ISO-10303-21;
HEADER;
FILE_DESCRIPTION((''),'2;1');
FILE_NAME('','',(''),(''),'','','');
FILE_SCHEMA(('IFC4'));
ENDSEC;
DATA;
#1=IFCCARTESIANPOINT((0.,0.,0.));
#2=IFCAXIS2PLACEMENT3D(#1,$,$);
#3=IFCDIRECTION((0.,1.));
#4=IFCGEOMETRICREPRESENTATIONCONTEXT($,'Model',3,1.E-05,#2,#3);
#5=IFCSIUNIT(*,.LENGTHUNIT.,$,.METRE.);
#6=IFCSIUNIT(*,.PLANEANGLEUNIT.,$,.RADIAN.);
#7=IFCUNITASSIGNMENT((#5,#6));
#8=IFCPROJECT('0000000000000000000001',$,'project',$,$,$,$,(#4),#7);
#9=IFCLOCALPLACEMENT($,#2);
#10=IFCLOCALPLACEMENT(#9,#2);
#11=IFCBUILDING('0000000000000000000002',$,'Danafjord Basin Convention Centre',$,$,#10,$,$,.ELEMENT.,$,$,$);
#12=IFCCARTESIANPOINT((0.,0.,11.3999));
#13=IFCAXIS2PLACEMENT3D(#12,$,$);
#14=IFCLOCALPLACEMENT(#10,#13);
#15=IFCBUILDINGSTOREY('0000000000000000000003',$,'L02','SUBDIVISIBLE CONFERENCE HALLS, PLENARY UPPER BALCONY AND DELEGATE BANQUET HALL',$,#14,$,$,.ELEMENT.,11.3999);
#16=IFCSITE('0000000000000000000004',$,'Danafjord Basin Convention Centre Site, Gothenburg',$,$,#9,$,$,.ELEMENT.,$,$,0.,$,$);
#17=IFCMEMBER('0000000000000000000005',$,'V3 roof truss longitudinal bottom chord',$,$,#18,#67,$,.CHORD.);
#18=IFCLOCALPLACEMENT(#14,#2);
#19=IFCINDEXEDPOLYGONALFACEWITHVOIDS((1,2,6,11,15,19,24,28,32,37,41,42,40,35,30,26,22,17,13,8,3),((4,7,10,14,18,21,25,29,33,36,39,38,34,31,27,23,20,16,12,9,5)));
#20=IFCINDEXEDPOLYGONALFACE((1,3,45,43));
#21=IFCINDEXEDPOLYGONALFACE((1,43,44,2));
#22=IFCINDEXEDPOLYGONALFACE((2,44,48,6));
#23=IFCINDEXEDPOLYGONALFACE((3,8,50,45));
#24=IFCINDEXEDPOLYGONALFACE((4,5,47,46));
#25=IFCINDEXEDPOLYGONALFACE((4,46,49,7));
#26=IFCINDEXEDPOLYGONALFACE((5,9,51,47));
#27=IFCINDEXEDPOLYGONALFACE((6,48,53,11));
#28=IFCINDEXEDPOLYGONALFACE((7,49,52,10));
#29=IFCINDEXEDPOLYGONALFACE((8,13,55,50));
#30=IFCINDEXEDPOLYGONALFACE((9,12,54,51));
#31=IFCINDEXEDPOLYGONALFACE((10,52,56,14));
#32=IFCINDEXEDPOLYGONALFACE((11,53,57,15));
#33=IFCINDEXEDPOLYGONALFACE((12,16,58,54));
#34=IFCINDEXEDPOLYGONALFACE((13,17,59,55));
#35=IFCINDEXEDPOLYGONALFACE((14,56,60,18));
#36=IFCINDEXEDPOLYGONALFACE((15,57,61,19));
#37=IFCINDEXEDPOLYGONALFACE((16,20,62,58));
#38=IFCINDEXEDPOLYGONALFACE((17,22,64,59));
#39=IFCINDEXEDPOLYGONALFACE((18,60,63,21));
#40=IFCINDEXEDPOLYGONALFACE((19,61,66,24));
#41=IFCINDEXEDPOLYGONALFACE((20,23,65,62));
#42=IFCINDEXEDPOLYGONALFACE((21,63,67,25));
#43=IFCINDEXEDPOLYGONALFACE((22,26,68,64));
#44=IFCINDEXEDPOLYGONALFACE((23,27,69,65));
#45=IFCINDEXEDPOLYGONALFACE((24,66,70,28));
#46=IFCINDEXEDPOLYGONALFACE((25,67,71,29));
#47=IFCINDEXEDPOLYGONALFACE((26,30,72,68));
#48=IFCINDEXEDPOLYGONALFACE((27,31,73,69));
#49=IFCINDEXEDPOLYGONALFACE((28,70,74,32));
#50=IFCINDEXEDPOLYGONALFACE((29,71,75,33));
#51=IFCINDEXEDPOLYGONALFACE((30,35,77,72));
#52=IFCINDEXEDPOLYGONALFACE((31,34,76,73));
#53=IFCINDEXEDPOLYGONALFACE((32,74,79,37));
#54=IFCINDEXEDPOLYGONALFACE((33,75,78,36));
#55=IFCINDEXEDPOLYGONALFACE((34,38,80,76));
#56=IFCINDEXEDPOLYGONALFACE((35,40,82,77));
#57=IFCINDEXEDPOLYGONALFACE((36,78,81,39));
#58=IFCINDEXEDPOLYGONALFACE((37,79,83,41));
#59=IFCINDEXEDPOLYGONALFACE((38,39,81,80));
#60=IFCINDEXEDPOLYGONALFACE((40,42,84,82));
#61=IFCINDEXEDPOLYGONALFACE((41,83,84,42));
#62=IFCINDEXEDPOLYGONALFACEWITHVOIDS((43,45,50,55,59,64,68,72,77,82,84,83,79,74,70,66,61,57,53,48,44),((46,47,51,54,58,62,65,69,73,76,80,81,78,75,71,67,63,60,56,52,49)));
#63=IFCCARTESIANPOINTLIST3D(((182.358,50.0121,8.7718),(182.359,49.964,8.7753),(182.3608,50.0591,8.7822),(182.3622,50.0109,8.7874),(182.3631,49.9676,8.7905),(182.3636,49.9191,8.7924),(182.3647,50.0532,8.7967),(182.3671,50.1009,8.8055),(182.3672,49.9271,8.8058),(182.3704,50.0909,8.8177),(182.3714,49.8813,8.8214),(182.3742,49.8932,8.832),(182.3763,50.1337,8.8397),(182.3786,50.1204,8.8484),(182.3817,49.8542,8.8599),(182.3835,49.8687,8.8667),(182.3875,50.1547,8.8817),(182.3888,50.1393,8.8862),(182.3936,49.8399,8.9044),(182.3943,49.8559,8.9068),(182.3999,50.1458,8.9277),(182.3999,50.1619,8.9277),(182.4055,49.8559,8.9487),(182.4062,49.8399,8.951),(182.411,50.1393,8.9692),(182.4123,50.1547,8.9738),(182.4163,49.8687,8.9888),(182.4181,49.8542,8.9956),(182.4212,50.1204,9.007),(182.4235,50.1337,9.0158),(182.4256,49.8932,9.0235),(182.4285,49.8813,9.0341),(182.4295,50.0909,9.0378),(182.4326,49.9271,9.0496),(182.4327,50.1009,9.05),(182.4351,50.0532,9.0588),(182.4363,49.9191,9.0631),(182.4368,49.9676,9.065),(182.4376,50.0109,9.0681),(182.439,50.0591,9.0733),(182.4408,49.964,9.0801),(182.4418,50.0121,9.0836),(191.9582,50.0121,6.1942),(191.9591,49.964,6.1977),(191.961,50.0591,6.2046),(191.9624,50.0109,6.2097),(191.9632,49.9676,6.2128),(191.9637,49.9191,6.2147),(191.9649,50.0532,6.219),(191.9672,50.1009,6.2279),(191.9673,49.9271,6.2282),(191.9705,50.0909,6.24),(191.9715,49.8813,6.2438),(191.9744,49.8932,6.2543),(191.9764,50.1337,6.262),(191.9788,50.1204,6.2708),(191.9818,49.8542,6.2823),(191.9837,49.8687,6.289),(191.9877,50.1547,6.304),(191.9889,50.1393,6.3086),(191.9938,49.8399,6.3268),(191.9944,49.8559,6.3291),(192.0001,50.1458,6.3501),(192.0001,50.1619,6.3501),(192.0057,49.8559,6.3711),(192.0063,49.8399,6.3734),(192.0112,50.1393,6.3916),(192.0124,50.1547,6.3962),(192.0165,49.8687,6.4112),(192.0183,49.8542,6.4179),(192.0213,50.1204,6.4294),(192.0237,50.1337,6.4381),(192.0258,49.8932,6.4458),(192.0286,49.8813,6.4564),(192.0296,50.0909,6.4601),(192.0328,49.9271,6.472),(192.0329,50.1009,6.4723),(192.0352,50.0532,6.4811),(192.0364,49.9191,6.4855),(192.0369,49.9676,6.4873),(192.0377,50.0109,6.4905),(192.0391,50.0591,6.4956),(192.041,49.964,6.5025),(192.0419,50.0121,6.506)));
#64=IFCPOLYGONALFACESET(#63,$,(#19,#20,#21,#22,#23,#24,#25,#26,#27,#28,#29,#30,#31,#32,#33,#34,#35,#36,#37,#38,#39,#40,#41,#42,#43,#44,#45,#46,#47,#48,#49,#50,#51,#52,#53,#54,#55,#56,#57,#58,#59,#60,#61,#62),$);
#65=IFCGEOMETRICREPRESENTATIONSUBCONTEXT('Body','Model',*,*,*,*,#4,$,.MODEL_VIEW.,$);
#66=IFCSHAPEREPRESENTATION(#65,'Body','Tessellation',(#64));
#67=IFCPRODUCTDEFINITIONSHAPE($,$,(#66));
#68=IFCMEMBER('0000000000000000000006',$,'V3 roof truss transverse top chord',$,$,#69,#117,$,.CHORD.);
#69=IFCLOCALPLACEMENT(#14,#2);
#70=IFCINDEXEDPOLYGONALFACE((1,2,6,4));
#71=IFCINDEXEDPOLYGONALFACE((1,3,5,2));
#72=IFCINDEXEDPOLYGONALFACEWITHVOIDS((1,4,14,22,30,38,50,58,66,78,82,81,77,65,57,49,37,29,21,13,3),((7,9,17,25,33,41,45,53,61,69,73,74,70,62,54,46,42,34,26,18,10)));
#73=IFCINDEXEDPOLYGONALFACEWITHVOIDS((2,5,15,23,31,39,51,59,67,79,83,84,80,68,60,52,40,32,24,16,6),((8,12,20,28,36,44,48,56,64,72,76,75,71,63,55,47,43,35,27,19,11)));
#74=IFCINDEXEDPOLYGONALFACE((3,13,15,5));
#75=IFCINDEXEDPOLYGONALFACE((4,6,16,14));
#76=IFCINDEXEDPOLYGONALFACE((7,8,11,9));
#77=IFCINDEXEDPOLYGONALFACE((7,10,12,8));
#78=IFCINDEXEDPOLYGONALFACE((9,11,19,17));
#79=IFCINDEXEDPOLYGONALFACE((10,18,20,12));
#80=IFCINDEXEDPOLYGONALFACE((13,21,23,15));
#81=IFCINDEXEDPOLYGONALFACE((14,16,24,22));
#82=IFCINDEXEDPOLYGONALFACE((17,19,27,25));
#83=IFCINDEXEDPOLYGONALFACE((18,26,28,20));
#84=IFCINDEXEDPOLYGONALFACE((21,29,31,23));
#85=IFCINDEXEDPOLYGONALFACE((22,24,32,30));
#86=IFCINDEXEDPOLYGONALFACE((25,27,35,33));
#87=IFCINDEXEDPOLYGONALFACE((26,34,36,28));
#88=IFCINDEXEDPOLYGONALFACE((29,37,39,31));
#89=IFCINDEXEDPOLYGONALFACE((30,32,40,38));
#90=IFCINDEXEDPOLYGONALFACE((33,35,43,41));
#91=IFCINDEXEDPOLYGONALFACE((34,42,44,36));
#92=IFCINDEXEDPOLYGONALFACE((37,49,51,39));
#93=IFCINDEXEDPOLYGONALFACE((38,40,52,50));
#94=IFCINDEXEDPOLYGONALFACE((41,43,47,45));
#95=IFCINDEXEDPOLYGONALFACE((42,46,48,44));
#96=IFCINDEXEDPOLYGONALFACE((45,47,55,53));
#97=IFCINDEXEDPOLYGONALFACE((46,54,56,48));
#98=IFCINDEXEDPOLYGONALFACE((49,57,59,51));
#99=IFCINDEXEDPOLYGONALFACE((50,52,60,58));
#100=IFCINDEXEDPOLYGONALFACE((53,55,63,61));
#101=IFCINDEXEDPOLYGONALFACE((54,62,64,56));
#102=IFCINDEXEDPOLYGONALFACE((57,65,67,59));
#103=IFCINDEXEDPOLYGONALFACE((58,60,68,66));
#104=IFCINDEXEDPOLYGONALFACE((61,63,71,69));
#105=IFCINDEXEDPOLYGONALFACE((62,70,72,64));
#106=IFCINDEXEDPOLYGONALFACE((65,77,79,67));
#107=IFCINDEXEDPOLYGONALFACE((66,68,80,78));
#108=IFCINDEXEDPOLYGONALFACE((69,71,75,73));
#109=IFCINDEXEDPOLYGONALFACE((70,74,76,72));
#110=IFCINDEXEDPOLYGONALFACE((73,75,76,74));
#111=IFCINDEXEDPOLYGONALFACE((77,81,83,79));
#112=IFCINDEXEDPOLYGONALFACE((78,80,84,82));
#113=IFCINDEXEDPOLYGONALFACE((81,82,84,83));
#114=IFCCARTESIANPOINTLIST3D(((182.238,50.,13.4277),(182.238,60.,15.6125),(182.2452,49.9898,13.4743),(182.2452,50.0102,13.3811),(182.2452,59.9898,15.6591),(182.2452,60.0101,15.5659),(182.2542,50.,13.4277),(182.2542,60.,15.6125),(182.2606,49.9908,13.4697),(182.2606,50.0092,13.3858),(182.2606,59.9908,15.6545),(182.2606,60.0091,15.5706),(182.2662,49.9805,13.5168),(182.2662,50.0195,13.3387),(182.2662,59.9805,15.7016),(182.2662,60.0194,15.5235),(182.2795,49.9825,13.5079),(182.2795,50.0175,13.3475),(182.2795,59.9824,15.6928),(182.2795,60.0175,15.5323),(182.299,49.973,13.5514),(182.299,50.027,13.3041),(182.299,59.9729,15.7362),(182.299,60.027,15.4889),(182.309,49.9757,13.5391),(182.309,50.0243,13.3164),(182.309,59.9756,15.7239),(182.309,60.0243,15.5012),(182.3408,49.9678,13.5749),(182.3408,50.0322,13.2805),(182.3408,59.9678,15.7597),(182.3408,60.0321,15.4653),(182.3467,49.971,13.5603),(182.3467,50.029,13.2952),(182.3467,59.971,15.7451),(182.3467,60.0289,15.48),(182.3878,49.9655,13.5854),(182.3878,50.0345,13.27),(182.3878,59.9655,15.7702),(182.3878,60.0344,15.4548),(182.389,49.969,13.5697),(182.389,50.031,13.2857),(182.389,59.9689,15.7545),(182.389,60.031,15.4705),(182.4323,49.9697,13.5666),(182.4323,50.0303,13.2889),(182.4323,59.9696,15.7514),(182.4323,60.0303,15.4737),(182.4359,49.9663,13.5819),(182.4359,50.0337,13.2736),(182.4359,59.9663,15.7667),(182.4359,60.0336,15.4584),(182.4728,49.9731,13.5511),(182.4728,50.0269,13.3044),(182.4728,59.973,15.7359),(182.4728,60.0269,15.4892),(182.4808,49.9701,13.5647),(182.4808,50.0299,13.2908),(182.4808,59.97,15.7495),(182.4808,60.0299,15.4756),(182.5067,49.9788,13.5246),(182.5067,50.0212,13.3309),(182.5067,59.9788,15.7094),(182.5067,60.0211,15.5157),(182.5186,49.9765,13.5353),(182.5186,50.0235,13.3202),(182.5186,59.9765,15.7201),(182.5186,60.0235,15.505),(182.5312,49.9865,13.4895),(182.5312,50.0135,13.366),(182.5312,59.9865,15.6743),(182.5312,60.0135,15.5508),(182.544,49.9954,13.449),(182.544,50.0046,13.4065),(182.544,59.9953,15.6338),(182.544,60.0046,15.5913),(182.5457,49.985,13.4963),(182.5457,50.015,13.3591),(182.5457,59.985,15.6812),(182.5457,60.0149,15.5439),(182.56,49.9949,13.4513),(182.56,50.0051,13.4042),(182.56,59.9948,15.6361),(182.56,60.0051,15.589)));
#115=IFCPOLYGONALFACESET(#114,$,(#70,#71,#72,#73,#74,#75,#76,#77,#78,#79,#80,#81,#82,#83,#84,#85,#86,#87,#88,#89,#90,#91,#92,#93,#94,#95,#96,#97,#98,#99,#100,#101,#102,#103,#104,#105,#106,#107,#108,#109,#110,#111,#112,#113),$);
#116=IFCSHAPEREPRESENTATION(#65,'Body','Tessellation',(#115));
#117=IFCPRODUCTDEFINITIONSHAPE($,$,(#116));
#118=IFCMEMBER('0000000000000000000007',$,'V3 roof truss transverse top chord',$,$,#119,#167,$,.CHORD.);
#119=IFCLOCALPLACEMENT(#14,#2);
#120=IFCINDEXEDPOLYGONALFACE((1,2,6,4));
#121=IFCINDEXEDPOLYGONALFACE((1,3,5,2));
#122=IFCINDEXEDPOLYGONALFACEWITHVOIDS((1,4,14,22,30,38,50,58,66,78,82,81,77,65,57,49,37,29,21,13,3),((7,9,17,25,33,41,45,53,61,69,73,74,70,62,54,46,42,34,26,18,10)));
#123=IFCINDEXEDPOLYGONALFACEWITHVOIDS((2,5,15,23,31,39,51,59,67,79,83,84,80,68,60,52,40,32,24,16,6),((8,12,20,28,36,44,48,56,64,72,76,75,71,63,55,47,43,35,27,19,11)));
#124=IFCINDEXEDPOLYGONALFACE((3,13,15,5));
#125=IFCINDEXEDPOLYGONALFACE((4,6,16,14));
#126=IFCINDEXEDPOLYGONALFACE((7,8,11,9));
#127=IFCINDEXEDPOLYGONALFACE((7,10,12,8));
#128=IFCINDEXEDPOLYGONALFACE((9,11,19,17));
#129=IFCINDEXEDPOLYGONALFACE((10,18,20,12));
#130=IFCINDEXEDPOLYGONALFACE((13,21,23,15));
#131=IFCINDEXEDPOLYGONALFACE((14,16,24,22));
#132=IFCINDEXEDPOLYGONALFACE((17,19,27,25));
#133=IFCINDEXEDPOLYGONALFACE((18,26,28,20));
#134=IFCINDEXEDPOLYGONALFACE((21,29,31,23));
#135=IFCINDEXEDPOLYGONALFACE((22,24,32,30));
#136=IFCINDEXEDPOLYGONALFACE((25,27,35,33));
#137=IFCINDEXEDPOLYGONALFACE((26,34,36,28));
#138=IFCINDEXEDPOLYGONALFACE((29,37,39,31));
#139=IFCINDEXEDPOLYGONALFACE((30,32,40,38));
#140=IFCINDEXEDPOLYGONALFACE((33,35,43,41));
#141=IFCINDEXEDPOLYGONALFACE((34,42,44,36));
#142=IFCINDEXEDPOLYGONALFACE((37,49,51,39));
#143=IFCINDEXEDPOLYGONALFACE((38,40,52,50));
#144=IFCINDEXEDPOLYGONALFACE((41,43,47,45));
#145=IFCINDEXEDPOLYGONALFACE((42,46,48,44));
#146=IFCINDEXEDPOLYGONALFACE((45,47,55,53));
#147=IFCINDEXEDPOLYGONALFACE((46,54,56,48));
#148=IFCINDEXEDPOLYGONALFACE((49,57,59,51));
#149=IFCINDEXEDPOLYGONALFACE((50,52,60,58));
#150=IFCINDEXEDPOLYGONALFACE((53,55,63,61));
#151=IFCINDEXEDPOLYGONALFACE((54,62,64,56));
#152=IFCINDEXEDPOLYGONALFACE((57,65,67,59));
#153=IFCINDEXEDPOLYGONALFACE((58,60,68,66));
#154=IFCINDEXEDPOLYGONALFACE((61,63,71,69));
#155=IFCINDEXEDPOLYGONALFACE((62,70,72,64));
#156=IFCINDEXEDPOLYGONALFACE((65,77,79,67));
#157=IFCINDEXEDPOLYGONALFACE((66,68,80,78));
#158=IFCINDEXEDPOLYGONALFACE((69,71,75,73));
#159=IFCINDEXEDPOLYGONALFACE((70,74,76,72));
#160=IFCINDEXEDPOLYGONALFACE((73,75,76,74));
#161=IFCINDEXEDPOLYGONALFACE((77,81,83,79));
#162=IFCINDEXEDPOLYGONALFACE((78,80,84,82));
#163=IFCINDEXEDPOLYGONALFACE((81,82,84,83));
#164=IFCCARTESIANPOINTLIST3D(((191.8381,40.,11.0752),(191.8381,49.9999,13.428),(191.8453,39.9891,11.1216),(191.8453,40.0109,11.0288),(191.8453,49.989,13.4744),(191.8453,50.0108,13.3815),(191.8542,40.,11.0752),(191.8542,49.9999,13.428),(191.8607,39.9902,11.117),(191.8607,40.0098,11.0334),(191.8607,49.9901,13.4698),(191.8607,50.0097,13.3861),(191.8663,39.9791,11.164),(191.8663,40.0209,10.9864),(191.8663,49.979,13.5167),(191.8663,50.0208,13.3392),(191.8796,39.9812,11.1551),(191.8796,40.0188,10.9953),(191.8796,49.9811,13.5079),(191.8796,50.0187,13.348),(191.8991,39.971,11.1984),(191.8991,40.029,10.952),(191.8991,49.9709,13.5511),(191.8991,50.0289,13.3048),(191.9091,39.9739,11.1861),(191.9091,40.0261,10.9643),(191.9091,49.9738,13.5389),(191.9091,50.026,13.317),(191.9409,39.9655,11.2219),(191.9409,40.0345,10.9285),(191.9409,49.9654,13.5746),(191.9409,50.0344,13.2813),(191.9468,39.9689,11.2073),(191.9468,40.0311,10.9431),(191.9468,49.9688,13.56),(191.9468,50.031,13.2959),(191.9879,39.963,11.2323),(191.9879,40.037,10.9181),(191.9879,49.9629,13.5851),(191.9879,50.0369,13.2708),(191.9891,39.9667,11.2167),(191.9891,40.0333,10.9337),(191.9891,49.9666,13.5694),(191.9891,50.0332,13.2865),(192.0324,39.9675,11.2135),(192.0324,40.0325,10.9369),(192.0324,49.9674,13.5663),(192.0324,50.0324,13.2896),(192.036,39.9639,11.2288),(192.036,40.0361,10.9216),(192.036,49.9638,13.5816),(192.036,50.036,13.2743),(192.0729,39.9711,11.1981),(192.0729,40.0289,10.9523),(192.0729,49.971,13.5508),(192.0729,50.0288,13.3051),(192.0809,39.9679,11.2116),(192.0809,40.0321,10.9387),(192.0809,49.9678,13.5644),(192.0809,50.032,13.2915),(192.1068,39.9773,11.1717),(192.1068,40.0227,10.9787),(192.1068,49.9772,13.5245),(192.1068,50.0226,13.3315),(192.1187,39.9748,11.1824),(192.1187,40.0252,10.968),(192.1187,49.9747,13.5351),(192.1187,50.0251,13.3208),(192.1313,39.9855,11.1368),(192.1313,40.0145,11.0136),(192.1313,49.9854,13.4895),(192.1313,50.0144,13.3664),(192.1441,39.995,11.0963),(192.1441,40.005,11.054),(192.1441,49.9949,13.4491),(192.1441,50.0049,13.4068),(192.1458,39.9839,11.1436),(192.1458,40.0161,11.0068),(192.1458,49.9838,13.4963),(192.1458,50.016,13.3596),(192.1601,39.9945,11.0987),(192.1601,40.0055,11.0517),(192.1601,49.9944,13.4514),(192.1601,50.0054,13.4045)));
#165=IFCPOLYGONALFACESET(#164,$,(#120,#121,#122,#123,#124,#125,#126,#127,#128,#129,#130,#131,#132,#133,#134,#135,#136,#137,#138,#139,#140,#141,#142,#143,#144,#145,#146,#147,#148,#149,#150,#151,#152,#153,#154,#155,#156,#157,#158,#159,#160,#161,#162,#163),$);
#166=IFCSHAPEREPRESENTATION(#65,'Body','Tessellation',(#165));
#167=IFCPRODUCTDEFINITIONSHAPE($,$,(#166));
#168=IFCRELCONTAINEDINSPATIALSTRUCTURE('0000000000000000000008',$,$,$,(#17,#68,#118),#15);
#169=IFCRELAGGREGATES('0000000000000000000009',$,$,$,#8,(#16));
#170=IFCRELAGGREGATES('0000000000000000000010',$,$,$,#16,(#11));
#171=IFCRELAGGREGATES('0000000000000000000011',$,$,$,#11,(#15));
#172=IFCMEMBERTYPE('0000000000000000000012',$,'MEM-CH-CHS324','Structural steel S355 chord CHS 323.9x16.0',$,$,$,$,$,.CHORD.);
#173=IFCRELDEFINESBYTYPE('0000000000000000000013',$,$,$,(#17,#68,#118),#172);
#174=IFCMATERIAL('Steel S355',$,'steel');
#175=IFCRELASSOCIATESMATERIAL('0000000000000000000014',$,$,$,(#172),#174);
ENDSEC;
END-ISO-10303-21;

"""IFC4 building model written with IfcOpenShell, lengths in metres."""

from ifc_helpers import new_model, si_unit, direction, frame, origin, origin_2d, place, context, subcontext, project, spatial, hollow_circle, extrude, material, material_profile, profile_set, type_object, element, save


model = new_model("IFC4")

# Units and contexts
model_context = context("Model", 3, precision=1e-05, world=origin(), true_north=direction((0.0, 1.0)))
body_context = subcontext(model_context, "Body", "Model", "MODEL_VIEW")
ifc_project = project(units=[si_unit("LENGTHUNIT", "METRE"), si_unit("PLANEANGLEUNIT", "RADIAN")], contexts=[model_context])

# Site, building, storey
site_placement = place(None, origin())
site = spatial("IfcSite", under=ifc_project, at=site_placement, Name="Danafjord Basin Convention Centre Site, Gothenburg", CompositionType="ELEMENT", RefElevation=0.0)
building_placement = place(site_placement, origin())
building = spatial("IfcBuilding", under=site, at=building_placement, Name="Danafjord Basin Convention Centre", CompositionType="ELEMENT")
storey_placement = place(building_placement, frame((0.0, 0.0, 11.3999)))
storey = spatial("IfcBuildingStorey", under=building, at=storey_placement, Name="L02", Description="SUBDIVISIBLE CONFERENCE HALLS, PLENARY UPPER BALCONY AND DELEGATE BANQUET HALL", CompositionType="ELEMENT", Elevation=11.3999)

# Shared definitions
ifc_material = material(Name="Steel S355", Category="steel")

# Members
ifc_material_profile_1 = material_profile(ifc_material, hollow_circle(Radius=0.1619, WallThickness=0.0161, at=origin_2d()), Name="CHS 323.9x16.0")
ifc_profile_set_1 = profile_set([ifc_material_profile_1], Name="Steel S355")
member_type_1 = type_object("IfcMemberType", Name="MEM-CH-CHS324", Description="Structural steel S355 chord CHS 323.9x16.0", PredefinedType="CHORD", material=ifc_profile_set_1)
member_1_placement = place(storey_placement, frame((182.3999, 50.0, 8.9277), z_axis=(0.965792, 0.0, -0.259316), x_axis=(0.0, 1.0, 0.0)))
element("IfcMember", 1, at=member_1_placement, inside=storey, type_object=member_type_1, Name="V3 roof truss longitudinal bottom chord", PredefinedType="CHORD", context=body_context, shape_type="SweptSolid", body=[
    extrude(hollow_circle(Radius=0.1619, WallThickness=0.0161, at=origin_2d()), origin(), (0.0, 0.0, 1.0), 9.9402),
])
member_2_placement = place(storey_placement, frame((182.3999, 50.0, 13.4277), z_axis=(0.0, 0.976955, 0.213446), x_axis=(-1.0, 0.0, 0.0)))
element("IfcMember", 2, at=member_2_placement, inside=storey, type_object=member_type_1, Name="V3 roof truss transverse top chord", PredefinedType="CHORD", context=body_context, shape_type="SweptSolid", body=[
    extrude(hollow_circle(Radius=0.1619, WallThickness=0.0161, at=origin_2d()), origin(), (0.0, 0.0, 1.0), 10.2358),
])
member_3_placement = place(storey_placement, frame((192.0, 40.0, 11.0752), z_axis=(0.0, 0.973421, 0.229025), x_axis=(-1.0, 0.0, 0.0)))
element("IfcMember", 3, at=member_3_placement, inside=storey, type_object=member_type_1, Name="V3 roof truss transverse top chord", PredefinedType="CHORD", context=body_context, shape_type="SweptSolid", body=[
    extrude(hollow_circle(Radius=0.1619, WallThickness=0.0161, at=origin_2d()), origin(), (0.0, 0.0, 1.0), 10.2729),
])

save(model, "model.ifc")
